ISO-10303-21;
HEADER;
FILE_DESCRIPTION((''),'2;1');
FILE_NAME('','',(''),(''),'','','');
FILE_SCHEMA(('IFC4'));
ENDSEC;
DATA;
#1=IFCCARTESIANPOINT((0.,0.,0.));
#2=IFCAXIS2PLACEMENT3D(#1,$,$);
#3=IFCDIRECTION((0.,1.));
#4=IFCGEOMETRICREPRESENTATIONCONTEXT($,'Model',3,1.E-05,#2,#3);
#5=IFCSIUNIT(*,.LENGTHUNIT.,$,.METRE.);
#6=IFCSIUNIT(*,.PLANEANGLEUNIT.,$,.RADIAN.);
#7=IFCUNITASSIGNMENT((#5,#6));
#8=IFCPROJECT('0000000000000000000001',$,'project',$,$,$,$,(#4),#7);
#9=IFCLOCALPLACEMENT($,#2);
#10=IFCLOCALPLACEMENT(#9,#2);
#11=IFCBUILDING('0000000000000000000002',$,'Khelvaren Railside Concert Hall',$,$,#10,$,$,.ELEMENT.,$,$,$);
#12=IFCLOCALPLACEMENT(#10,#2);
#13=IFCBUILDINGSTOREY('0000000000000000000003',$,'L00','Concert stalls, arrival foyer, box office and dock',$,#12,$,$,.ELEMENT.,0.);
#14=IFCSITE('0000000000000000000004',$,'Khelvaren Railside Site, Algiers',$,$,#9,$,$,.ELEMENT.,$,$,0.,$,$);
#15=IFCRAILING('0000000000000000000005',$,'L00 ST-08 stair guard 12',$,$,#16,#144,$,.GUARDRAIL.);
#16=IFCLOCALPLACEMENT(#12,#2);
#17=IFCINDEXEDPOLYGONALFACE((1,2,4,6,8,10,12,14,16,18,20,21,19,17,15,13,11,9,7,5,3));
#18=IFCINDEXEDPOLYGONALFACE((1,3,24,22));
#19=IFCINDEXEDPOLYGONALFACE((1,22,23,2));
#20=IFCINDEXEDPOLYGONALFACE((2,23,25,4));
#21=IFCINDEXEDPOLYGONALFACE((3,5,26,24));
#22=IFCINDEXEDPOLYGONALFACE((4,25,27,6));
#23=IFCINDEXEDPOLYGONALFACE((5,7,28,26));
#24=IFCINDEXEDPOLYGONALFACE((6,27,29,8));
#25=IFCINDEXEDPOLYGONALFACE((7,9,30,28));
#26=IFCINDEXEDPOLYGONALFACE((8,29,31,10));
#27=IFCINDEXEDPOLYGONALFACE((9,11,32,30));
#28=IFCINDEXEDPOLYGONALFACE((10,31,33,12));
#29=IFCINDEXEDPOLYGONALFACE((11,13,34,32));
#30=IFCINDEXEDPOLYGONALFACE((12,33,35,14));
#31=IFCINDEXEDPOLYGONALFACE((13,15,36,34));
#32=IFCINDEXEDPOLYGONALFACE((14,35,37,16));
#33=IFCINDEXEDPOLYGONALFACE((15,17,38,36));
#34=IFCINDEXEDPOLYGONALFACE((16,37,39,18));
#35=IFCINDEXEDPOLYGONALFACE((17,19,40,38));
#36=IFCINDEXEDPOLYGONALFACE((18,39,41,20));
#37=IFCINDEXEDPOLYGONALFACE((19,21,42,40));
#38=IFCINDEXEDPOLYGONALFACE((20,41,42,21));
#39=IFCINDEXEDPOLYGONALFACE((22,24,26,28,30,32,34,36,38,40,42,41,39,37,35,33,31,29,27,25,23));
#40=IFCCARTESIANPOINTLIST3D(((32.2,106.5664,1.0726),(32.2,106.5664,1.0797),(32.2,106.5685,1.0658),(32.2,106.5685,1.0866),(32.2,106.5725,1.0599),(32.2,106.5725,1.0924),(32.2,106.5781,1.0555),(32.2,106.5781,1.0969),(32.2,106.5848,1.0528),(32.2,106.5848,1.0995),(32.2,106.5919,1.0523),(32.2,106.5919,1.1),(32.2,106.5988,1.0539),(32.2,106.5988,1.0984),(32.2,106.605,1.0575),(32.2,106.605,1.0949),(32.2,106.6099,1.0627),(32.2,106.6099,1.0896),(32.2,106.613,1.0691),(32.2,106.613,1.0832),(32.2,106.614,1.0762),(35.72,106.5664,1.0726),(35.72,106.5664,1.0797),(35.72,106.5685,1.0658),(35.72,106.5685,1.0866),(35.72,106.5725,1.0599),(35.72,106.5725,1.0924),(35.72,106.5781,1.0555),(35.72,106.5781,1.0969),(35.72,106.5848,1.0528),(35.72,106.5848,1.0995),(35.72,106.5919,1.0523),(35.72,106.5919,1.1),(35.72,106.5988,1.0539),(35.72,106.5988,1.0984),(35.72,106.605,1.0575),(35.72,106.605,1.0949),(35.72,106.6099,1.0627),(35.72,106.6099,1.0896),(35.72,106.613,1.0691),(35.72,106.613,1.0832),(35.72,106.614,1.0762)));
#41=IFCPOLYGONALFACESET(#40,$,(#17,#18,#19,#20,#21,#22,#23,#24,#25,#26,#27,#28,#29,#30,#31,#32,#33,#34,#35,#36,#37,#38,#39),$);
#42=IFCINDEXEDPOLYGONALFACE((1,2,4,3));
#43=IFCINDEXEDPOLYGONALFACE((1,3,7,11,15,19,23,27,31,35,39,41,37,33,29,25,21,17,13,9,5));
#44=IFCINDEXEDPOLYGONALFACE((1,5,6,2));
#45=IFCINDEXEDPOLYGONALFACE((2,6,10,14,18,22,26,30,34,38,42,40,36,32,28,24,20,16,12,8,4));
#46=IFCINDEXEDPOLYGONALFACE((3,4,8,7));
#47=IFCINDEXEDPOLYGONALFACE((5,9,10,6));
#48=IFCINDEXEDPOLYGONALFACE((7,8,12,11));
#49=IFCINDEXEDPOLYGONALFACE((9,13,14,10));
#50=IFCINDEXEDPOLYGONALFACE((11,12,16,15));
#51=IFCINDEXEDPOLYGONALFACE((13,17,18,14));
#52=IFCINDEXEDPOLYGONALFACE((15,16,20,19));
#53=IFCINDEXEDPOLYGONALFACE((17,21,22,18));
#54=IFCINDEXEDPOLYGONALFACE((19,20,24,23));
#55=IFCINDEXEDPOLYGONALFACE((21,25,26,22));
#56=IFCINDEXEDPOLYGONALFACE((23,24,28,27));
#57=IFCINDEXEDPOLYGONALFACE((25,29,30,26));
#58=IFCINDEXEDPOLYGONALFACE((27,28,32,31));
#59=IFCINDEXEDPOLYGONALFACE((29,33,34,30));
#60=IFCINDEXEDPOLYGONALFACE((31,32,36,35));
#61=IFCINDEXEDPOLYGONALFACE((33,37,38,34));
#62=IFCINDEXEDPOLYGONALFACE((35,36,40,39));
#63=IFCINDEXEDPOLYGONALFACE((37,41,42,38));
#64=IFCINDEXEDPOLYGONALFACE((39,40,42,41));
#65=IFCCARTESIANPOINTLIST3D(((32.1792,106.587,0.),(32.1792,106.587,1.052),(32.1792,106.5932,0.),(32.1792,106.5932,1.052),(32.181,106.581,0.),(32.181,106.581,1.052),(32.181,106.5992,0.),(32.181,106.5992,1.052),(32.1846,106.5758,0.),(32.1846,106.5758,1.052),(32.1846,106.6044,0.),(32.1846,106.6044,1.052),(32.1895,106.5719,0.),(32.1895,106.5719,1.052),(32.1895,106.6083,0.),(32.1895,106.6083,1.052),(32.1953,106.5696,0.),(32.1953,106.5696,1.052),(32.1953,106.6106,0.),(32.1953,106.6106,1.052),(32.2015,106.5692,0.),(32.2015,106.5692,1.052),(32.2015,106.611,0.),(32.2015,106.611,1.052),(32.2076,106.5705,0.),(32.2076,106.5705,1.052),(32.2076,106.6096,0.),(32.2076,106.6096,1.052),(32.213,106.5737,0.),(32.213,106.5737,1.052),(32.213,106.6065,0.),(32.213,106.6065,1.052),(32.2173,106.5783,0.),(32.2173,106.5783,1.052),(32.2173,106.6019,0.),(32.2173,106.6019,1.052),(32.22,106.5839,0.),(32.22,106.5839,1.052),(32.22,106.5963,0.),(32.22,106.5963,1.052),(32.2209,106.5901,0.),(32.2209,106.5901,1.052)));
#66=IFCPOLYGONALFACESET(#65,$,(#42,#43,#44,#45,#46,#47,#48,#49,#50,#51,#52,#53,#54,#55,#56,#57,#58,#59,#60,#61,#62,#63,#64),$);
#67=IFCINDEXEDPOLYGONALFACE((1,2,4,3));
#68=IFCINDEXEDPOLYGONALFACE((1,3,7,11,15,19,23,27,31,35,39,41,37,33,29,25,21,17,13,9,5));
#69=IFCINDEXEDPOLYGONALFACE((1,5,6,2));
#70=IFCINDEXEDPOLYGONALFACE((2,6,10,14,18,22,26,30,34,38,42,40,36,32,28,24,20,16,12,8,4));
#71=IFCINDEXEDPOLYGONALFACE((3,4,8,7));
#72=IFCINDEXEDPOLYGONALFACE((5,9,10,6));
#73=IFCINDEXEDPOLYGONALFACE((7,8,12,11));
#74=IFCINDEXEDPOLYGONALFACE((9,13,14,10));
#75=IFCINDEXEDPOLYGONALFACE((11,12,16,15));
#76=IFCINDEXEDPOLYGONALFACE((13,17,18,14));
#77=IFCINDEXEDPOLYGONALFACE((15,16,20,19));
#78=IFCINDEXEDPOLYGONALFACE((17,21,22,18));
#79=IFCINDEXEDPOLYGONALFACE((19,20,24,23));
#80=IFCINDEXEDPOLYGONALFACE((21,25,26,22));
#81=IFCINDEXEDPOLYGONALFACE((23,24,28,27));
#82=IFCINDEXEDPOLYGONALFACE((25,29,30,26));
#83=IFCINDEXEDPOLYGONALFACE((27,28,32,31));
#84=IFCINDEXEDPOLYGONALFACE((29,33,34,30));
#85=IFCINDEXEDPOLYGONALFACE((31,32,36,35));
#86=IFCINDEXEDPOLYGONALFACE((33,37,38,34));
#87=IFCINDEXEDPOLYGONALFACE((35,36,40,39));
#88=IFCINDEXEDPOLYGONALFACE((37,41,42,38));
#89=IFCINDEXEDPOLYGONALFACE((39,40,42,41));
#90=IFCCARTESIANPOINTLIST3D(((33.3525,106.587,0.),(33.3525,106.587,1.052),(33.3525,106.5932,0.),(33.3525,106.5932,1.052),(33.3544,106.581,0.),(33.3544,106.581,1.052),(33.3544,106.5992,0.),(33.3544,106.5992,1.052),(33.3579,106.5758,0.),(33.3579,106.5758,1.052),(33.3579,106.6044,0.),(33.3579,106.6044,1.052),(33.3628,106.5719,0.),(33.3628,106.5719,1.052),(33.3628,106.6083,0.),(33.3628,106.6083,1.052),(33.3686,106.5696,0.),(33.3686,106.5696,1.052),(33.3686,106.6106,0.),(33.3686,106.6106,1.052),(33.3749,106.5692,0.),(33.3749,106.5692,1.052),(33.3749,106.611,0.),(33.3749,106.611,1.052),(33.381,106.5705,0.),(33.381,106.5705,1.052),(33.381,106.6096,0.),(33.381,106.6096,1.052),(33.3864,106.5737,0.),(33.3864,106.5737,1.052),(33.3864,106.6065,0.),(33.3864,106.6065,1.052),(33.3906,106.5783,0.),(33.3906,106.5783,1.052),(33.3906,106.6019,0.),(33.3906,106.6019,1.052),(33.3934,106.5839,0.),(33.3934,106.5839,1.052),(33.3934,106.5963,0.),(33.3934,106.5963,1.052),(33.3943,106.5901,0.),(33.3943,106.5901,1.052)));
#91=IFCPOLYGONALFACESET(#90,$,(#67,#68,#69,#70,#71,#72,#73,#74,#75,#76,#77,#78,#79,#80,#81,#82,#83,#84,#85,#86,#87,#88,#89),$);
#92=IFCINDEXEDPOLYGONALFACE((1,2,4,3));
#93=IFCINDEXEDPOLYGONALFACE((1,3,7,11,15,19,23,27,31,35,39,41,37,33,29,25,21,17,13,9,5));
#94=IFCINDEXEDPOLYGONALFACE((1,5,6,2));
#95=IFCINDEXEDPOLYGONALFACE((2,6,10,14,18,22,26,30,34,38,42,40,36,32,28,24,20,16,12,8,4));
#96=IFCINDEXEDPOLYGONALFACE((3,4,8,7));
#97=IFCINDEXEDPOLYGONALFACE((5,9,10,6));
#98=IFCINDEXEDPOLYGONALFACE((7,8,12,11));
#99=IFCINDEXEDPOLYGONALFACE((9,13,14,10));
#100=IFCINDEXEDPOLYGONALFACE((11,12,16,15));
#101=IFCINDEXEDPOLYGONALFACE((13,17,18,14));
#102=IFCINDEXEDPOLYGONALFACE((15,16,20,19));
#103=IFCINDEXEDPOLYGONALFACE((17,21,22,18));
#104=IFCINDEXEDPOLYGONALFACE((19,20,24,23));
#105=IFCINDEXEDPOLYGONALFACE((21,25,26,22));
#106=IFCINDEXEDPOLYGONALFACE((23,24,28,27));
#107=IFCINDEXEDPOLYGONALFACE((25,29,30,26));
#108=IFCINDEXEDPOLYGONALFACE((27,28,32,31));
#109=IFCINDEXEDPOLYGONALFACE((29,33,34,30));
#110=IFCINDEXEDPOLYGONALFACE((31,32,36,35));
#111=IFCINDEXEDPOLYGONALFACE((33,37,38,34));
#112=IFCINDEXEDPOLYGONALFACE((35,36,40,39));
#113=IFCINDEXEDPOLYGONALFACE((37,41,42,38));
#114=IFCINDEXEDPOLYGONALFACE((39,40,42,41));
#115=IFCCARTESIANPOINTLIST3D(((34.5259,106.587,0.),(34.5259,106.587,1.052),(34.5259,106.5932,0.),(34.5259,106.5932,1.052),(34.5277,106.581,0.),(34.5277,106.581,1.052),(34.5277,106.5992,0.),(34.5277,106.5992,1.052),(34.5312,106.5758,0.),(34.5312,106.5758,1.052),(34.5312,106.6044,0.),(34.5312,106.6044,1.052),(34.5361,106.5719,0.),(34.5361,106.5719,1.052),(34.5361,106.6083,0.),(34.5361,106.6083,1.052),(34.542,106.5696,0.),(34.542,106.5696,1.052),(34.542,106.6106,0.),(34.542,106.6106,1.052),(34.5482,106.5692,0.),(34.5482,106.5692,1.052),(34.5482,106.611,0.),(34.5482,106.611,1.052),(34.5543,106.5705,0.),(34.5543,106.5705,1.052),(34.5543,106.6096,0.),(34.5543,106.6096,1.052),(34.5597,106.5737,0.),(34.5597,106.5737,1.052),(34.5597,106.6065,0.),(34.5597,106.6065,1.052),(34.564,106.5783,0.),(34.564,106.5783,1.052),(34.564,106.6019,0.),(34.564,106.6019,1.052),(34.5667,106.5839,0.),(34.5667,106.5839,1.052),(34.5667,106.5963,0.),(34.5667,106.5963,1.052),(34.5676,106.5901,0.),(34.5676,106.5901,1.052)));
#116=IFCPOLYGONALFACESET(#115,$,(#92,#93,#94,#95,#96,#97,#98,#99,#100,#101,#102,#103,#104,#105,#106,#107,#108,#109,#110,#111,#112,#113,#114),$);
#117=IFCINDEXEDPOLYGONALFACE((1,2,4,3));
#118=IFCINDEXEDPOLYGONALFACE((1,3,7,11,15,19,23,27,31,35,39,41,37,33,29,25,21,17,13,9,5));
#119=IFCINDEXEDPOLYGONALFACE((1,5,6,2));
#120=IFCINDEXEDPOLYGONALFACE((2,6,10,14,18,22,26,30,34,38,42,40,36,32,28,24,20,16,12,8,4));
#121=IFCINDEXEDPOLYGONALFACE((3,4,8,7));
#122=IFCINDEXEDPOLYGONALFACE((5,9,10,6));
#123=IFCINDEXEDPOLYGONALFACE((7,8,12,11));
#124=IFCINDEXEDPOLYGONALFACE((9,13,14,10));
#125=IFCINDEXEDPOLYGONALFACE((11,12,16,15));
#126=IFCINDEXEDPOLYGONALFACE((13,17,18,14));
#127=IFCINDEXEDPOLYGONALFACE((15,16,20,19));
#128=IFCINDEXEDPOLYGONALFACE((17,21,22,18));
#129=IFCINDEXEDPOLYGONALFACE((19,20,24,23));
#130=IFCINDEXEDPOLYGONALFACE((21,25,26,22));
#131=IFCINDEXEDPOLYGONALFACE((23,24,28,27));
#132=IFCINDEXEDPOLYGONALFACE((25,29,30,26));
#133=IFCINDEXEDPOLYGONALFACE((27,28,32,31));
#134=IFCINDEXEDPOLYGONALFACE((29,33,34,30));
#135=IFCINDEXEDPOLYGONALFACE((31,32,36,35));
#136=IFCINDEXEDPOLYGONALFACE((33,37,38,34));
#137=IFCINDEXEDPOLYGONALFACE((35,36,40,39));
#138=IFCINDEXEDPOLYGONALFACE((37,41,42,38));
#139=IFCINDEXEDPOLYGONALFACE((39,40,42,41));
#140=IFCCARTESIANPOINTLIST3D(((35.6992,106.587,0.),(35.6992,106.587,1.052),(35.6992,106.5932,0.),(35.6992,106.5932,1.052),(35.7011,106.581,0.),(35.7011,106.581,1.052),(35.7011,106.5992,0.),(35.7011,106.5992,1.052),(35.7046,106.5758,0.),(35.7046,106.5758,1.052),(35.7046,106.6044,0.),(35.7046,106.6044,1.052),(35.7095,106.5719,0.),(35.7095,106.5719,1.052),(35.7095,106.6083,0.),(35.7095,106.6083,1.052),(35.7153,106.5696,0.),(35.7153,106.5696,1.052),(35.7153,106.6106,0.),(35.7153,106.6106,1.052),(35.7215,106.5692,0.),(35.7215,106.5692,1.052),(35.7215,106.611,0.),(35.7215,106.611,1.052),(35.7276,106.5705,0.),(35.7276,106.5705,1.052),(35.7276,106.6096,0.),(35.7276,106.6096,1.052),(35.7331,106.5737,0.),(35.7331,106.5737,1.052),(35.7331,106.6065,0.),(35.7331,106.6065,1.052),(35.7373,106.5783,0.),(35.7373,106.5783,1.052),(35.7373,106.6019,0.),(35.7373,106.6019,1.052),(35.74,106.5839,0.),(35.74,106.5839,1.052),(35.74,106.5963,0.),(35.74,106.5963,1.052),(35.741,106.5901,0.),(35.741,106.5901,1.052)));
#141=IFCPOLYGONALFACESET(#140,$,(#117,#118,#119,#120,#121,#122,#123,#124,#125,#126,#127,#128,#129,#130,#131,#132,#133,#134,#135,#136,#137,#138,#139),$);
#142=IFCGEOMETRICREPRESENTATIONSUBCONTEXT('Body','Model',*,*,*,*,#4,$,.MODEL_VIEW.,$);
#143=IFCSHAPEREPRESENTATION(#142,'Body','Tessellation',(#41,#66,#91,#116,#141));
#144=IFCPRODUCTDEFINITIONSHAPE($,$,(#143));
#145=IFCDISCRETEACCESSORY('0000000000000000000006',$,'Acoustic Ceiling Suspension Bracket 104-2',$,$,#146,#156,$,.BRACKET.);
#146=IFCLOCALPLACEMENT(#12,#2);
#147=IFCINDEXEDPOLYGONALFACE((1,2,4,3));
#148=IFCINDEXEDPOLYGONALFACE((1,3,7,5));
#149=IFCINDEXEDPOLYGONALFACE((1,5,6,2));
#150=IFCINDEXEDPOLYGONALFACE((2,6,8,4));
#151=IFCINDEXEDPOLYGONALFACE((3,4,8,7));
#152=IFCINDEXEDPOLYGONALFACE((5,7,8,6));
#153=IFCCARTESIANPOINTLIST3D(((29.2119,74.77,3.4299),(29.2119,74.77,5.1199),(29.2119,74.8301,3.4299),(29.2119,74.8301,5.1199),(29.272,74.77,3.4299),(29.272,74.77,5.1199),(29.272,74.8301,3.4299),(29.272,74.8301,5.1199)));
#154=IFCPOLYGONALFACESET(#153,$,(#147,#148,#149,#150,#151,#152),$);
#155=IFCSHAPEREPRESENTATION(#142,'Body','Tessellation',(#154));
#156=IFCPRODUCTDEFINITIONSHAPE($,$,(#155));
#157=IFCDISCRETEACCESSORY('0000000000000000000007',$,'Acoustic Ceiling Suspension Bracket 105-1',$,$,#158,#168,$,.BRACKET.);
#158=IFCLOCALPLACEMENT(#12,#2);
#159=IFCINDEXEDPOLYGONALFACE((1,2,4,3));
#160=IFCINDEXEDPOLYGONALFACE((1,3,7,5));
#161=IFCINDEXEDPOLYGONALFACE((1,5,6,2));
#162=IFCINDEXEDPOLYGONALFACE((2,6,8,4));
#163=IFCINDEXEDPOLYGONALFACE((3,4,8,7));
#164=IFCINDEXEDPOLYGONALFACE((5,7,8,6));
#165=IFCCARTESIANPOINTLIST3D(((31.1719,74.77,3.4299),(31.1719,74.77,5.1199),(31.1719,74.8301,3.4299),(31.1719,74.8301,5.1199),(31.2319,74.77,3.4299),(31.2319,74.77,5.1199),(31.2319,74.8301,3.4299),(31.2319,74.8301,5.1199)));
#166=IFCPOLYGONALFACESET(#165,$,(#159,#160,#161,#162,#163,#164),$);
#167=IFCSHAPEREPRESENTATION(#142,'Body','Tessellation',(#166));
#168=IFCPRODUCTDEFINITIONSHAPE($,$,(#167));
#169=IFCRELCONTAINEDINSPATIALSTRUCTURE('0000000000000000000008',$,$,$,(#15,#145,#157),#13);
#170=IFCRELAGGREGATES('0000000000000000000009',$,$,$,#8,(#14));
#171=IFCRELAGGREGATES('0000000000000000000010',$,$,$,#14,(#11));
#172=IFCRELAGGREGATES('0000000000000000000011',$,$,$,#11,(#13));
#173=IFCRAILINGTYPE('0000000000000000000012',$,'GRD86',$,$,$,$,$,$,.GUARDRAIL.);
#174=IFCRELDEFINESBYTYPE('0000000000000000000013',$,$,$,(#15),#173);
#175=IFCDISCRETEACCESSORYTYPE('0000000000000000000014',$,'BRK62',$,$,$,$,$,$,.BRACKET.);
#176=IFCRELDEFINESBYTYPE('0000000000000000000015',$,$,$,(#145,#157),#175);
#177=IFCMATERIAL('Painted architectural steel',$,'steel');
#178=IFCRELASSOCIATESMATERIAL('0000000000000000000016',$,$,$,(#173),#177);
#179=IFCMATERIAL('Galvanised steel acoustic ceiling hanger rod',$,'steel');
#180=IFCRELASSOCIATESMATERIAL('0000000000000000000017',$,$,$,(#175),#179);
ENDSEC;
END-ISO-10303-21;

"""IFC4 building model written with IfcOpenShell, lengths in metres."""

from ifc_helpers import new_model, si_unit, direction, frame, origin, origin_2d, place, context, subcontext, project, spatial, rectangle, circle, extrude, material, type_object, element, save


model = new_model("IFC4")

# Units and contexts
model_context = context("Model", 3, precision=1e-05, world=origin(), true_north=direction((0.0, 1.0)))
body_context = subcontext(model_context, "Body", "Model", "MODEL_VIEW")
ifc_project = project(units=[si_unit("LENGTHUNIT", "METRE"), si_unit("PLANEANGLEUNIT", "RADIAN")], contexts=[model_context])

# Site, building, storey
site_placement = place(None, origin())
site = spatial("IfcSite", under=ifc_project, at=site_placement, Name="Khelvaren Railside Site, Algiers", CompositionType="ELEMENT", RefElevation=0.0)
building_placement = place(site_placement, origin())
building = spatial("IfcBuilding", under=site, at=building_placement, Name="Khelvaren Railside Concert Hall", CompositionType="ELEMENT")
storey_placement = place(building_placement, origin())
storey = spatial("IfcBuildingStorey", under=building, at=storey_placement, Name="L00", Description="Concert stalls, arrival foyer, box office and dock", CompositionType="ELEMENT", Elevation=0.0)

# Railing
ifc_material_1 = material(Name="Painted architectural steel", Category="steel")
railing_type = type_object("IfcRailingType", Name="GRD86", PredefinedType="GUARDRAIL", material=ifc_material_1)
railing_1_placement = place(storey_placement, frame((32.2, 106.5901, 0.0)))
element("IfcRailing", 1, at=railing_1_placement, inside=storey, type_object=railing_type, Name="L00 ST-08 stair guard 12", PredefinedType="GUARDRAIL", context=body_context, shape_type="SweptSolid", body=[
    extrude(circle(Radius=0.0239, at=origin_2d()), frame((0.0, 0.0, 1.0762), z_axis=(1.0, 0.0, 0.0), x_axis=(0.0, 1.0, 0.0)), (0.0, 0.0, 1.0), 3.52),
    extrude(circle(Radius=0.021, at=origin_2d()), origin(), (0.0, 0.0, 1.0), 1.052),
    extrude(circle(Radius=0.021, at=origin_2d()), frame((1.1733, 0.0, 0.0)), (0.0, 0.0, 1.0), 1.052),
    extrude(circle(Radius=0.021, at=origin_2d()), frame((2.3467, 0.0, 0.0)), (0.0, 0.0, 1.0), 1.052),
    extrude(circle(Radius=0.021, at=origin_2d()), frame((3.52, 0.0, 0.0)), (0.0, 0.0, 1.0), 1.052),
])

# Discrete accessories
ifc_material_2 = material(Name="Galvanised steel acoustic ceiling hanger rod", Category="steel")
discrete_accessory_type = type_object("IfcDiscreteAccessoryType", Name="BRK62", PredefinedType="BRACKET", material=ifc_material_2)
for number, where, z_axis, x_axis, name in (
    (2, (29.2419, 74.8, 3.4299), (0.0, 0.0, 1.0), (1.0, 0.0, 0.0), "Acoustic Ceiling Suspension Bracket 104-2"),
    (3, (31.2019, 74.8, 3.4299), (0.0, 0.0, 1.0), (1.0, 0.0, 0.0), "Acoustic Ceiling Suspension Bracket 105-1"),
):
    element("IfcDiscreteAccessory", number, at=place(storey_placement, frame(where, z_axis=z_axis, x_axis=x_axis)), inside=storey, type_object=discrete_accessory_type, Name=name, PredefinedType="BRACKET", context=body_context, shape_type="SweptSolid", body=[
        extrude(rectangle(XDim=0.0601, YDim=0.0601, at=origin_2d()), origin(), (0.0, 0.0, 1.0), 1.6899),
    ])

save(model, "model.ifc")
